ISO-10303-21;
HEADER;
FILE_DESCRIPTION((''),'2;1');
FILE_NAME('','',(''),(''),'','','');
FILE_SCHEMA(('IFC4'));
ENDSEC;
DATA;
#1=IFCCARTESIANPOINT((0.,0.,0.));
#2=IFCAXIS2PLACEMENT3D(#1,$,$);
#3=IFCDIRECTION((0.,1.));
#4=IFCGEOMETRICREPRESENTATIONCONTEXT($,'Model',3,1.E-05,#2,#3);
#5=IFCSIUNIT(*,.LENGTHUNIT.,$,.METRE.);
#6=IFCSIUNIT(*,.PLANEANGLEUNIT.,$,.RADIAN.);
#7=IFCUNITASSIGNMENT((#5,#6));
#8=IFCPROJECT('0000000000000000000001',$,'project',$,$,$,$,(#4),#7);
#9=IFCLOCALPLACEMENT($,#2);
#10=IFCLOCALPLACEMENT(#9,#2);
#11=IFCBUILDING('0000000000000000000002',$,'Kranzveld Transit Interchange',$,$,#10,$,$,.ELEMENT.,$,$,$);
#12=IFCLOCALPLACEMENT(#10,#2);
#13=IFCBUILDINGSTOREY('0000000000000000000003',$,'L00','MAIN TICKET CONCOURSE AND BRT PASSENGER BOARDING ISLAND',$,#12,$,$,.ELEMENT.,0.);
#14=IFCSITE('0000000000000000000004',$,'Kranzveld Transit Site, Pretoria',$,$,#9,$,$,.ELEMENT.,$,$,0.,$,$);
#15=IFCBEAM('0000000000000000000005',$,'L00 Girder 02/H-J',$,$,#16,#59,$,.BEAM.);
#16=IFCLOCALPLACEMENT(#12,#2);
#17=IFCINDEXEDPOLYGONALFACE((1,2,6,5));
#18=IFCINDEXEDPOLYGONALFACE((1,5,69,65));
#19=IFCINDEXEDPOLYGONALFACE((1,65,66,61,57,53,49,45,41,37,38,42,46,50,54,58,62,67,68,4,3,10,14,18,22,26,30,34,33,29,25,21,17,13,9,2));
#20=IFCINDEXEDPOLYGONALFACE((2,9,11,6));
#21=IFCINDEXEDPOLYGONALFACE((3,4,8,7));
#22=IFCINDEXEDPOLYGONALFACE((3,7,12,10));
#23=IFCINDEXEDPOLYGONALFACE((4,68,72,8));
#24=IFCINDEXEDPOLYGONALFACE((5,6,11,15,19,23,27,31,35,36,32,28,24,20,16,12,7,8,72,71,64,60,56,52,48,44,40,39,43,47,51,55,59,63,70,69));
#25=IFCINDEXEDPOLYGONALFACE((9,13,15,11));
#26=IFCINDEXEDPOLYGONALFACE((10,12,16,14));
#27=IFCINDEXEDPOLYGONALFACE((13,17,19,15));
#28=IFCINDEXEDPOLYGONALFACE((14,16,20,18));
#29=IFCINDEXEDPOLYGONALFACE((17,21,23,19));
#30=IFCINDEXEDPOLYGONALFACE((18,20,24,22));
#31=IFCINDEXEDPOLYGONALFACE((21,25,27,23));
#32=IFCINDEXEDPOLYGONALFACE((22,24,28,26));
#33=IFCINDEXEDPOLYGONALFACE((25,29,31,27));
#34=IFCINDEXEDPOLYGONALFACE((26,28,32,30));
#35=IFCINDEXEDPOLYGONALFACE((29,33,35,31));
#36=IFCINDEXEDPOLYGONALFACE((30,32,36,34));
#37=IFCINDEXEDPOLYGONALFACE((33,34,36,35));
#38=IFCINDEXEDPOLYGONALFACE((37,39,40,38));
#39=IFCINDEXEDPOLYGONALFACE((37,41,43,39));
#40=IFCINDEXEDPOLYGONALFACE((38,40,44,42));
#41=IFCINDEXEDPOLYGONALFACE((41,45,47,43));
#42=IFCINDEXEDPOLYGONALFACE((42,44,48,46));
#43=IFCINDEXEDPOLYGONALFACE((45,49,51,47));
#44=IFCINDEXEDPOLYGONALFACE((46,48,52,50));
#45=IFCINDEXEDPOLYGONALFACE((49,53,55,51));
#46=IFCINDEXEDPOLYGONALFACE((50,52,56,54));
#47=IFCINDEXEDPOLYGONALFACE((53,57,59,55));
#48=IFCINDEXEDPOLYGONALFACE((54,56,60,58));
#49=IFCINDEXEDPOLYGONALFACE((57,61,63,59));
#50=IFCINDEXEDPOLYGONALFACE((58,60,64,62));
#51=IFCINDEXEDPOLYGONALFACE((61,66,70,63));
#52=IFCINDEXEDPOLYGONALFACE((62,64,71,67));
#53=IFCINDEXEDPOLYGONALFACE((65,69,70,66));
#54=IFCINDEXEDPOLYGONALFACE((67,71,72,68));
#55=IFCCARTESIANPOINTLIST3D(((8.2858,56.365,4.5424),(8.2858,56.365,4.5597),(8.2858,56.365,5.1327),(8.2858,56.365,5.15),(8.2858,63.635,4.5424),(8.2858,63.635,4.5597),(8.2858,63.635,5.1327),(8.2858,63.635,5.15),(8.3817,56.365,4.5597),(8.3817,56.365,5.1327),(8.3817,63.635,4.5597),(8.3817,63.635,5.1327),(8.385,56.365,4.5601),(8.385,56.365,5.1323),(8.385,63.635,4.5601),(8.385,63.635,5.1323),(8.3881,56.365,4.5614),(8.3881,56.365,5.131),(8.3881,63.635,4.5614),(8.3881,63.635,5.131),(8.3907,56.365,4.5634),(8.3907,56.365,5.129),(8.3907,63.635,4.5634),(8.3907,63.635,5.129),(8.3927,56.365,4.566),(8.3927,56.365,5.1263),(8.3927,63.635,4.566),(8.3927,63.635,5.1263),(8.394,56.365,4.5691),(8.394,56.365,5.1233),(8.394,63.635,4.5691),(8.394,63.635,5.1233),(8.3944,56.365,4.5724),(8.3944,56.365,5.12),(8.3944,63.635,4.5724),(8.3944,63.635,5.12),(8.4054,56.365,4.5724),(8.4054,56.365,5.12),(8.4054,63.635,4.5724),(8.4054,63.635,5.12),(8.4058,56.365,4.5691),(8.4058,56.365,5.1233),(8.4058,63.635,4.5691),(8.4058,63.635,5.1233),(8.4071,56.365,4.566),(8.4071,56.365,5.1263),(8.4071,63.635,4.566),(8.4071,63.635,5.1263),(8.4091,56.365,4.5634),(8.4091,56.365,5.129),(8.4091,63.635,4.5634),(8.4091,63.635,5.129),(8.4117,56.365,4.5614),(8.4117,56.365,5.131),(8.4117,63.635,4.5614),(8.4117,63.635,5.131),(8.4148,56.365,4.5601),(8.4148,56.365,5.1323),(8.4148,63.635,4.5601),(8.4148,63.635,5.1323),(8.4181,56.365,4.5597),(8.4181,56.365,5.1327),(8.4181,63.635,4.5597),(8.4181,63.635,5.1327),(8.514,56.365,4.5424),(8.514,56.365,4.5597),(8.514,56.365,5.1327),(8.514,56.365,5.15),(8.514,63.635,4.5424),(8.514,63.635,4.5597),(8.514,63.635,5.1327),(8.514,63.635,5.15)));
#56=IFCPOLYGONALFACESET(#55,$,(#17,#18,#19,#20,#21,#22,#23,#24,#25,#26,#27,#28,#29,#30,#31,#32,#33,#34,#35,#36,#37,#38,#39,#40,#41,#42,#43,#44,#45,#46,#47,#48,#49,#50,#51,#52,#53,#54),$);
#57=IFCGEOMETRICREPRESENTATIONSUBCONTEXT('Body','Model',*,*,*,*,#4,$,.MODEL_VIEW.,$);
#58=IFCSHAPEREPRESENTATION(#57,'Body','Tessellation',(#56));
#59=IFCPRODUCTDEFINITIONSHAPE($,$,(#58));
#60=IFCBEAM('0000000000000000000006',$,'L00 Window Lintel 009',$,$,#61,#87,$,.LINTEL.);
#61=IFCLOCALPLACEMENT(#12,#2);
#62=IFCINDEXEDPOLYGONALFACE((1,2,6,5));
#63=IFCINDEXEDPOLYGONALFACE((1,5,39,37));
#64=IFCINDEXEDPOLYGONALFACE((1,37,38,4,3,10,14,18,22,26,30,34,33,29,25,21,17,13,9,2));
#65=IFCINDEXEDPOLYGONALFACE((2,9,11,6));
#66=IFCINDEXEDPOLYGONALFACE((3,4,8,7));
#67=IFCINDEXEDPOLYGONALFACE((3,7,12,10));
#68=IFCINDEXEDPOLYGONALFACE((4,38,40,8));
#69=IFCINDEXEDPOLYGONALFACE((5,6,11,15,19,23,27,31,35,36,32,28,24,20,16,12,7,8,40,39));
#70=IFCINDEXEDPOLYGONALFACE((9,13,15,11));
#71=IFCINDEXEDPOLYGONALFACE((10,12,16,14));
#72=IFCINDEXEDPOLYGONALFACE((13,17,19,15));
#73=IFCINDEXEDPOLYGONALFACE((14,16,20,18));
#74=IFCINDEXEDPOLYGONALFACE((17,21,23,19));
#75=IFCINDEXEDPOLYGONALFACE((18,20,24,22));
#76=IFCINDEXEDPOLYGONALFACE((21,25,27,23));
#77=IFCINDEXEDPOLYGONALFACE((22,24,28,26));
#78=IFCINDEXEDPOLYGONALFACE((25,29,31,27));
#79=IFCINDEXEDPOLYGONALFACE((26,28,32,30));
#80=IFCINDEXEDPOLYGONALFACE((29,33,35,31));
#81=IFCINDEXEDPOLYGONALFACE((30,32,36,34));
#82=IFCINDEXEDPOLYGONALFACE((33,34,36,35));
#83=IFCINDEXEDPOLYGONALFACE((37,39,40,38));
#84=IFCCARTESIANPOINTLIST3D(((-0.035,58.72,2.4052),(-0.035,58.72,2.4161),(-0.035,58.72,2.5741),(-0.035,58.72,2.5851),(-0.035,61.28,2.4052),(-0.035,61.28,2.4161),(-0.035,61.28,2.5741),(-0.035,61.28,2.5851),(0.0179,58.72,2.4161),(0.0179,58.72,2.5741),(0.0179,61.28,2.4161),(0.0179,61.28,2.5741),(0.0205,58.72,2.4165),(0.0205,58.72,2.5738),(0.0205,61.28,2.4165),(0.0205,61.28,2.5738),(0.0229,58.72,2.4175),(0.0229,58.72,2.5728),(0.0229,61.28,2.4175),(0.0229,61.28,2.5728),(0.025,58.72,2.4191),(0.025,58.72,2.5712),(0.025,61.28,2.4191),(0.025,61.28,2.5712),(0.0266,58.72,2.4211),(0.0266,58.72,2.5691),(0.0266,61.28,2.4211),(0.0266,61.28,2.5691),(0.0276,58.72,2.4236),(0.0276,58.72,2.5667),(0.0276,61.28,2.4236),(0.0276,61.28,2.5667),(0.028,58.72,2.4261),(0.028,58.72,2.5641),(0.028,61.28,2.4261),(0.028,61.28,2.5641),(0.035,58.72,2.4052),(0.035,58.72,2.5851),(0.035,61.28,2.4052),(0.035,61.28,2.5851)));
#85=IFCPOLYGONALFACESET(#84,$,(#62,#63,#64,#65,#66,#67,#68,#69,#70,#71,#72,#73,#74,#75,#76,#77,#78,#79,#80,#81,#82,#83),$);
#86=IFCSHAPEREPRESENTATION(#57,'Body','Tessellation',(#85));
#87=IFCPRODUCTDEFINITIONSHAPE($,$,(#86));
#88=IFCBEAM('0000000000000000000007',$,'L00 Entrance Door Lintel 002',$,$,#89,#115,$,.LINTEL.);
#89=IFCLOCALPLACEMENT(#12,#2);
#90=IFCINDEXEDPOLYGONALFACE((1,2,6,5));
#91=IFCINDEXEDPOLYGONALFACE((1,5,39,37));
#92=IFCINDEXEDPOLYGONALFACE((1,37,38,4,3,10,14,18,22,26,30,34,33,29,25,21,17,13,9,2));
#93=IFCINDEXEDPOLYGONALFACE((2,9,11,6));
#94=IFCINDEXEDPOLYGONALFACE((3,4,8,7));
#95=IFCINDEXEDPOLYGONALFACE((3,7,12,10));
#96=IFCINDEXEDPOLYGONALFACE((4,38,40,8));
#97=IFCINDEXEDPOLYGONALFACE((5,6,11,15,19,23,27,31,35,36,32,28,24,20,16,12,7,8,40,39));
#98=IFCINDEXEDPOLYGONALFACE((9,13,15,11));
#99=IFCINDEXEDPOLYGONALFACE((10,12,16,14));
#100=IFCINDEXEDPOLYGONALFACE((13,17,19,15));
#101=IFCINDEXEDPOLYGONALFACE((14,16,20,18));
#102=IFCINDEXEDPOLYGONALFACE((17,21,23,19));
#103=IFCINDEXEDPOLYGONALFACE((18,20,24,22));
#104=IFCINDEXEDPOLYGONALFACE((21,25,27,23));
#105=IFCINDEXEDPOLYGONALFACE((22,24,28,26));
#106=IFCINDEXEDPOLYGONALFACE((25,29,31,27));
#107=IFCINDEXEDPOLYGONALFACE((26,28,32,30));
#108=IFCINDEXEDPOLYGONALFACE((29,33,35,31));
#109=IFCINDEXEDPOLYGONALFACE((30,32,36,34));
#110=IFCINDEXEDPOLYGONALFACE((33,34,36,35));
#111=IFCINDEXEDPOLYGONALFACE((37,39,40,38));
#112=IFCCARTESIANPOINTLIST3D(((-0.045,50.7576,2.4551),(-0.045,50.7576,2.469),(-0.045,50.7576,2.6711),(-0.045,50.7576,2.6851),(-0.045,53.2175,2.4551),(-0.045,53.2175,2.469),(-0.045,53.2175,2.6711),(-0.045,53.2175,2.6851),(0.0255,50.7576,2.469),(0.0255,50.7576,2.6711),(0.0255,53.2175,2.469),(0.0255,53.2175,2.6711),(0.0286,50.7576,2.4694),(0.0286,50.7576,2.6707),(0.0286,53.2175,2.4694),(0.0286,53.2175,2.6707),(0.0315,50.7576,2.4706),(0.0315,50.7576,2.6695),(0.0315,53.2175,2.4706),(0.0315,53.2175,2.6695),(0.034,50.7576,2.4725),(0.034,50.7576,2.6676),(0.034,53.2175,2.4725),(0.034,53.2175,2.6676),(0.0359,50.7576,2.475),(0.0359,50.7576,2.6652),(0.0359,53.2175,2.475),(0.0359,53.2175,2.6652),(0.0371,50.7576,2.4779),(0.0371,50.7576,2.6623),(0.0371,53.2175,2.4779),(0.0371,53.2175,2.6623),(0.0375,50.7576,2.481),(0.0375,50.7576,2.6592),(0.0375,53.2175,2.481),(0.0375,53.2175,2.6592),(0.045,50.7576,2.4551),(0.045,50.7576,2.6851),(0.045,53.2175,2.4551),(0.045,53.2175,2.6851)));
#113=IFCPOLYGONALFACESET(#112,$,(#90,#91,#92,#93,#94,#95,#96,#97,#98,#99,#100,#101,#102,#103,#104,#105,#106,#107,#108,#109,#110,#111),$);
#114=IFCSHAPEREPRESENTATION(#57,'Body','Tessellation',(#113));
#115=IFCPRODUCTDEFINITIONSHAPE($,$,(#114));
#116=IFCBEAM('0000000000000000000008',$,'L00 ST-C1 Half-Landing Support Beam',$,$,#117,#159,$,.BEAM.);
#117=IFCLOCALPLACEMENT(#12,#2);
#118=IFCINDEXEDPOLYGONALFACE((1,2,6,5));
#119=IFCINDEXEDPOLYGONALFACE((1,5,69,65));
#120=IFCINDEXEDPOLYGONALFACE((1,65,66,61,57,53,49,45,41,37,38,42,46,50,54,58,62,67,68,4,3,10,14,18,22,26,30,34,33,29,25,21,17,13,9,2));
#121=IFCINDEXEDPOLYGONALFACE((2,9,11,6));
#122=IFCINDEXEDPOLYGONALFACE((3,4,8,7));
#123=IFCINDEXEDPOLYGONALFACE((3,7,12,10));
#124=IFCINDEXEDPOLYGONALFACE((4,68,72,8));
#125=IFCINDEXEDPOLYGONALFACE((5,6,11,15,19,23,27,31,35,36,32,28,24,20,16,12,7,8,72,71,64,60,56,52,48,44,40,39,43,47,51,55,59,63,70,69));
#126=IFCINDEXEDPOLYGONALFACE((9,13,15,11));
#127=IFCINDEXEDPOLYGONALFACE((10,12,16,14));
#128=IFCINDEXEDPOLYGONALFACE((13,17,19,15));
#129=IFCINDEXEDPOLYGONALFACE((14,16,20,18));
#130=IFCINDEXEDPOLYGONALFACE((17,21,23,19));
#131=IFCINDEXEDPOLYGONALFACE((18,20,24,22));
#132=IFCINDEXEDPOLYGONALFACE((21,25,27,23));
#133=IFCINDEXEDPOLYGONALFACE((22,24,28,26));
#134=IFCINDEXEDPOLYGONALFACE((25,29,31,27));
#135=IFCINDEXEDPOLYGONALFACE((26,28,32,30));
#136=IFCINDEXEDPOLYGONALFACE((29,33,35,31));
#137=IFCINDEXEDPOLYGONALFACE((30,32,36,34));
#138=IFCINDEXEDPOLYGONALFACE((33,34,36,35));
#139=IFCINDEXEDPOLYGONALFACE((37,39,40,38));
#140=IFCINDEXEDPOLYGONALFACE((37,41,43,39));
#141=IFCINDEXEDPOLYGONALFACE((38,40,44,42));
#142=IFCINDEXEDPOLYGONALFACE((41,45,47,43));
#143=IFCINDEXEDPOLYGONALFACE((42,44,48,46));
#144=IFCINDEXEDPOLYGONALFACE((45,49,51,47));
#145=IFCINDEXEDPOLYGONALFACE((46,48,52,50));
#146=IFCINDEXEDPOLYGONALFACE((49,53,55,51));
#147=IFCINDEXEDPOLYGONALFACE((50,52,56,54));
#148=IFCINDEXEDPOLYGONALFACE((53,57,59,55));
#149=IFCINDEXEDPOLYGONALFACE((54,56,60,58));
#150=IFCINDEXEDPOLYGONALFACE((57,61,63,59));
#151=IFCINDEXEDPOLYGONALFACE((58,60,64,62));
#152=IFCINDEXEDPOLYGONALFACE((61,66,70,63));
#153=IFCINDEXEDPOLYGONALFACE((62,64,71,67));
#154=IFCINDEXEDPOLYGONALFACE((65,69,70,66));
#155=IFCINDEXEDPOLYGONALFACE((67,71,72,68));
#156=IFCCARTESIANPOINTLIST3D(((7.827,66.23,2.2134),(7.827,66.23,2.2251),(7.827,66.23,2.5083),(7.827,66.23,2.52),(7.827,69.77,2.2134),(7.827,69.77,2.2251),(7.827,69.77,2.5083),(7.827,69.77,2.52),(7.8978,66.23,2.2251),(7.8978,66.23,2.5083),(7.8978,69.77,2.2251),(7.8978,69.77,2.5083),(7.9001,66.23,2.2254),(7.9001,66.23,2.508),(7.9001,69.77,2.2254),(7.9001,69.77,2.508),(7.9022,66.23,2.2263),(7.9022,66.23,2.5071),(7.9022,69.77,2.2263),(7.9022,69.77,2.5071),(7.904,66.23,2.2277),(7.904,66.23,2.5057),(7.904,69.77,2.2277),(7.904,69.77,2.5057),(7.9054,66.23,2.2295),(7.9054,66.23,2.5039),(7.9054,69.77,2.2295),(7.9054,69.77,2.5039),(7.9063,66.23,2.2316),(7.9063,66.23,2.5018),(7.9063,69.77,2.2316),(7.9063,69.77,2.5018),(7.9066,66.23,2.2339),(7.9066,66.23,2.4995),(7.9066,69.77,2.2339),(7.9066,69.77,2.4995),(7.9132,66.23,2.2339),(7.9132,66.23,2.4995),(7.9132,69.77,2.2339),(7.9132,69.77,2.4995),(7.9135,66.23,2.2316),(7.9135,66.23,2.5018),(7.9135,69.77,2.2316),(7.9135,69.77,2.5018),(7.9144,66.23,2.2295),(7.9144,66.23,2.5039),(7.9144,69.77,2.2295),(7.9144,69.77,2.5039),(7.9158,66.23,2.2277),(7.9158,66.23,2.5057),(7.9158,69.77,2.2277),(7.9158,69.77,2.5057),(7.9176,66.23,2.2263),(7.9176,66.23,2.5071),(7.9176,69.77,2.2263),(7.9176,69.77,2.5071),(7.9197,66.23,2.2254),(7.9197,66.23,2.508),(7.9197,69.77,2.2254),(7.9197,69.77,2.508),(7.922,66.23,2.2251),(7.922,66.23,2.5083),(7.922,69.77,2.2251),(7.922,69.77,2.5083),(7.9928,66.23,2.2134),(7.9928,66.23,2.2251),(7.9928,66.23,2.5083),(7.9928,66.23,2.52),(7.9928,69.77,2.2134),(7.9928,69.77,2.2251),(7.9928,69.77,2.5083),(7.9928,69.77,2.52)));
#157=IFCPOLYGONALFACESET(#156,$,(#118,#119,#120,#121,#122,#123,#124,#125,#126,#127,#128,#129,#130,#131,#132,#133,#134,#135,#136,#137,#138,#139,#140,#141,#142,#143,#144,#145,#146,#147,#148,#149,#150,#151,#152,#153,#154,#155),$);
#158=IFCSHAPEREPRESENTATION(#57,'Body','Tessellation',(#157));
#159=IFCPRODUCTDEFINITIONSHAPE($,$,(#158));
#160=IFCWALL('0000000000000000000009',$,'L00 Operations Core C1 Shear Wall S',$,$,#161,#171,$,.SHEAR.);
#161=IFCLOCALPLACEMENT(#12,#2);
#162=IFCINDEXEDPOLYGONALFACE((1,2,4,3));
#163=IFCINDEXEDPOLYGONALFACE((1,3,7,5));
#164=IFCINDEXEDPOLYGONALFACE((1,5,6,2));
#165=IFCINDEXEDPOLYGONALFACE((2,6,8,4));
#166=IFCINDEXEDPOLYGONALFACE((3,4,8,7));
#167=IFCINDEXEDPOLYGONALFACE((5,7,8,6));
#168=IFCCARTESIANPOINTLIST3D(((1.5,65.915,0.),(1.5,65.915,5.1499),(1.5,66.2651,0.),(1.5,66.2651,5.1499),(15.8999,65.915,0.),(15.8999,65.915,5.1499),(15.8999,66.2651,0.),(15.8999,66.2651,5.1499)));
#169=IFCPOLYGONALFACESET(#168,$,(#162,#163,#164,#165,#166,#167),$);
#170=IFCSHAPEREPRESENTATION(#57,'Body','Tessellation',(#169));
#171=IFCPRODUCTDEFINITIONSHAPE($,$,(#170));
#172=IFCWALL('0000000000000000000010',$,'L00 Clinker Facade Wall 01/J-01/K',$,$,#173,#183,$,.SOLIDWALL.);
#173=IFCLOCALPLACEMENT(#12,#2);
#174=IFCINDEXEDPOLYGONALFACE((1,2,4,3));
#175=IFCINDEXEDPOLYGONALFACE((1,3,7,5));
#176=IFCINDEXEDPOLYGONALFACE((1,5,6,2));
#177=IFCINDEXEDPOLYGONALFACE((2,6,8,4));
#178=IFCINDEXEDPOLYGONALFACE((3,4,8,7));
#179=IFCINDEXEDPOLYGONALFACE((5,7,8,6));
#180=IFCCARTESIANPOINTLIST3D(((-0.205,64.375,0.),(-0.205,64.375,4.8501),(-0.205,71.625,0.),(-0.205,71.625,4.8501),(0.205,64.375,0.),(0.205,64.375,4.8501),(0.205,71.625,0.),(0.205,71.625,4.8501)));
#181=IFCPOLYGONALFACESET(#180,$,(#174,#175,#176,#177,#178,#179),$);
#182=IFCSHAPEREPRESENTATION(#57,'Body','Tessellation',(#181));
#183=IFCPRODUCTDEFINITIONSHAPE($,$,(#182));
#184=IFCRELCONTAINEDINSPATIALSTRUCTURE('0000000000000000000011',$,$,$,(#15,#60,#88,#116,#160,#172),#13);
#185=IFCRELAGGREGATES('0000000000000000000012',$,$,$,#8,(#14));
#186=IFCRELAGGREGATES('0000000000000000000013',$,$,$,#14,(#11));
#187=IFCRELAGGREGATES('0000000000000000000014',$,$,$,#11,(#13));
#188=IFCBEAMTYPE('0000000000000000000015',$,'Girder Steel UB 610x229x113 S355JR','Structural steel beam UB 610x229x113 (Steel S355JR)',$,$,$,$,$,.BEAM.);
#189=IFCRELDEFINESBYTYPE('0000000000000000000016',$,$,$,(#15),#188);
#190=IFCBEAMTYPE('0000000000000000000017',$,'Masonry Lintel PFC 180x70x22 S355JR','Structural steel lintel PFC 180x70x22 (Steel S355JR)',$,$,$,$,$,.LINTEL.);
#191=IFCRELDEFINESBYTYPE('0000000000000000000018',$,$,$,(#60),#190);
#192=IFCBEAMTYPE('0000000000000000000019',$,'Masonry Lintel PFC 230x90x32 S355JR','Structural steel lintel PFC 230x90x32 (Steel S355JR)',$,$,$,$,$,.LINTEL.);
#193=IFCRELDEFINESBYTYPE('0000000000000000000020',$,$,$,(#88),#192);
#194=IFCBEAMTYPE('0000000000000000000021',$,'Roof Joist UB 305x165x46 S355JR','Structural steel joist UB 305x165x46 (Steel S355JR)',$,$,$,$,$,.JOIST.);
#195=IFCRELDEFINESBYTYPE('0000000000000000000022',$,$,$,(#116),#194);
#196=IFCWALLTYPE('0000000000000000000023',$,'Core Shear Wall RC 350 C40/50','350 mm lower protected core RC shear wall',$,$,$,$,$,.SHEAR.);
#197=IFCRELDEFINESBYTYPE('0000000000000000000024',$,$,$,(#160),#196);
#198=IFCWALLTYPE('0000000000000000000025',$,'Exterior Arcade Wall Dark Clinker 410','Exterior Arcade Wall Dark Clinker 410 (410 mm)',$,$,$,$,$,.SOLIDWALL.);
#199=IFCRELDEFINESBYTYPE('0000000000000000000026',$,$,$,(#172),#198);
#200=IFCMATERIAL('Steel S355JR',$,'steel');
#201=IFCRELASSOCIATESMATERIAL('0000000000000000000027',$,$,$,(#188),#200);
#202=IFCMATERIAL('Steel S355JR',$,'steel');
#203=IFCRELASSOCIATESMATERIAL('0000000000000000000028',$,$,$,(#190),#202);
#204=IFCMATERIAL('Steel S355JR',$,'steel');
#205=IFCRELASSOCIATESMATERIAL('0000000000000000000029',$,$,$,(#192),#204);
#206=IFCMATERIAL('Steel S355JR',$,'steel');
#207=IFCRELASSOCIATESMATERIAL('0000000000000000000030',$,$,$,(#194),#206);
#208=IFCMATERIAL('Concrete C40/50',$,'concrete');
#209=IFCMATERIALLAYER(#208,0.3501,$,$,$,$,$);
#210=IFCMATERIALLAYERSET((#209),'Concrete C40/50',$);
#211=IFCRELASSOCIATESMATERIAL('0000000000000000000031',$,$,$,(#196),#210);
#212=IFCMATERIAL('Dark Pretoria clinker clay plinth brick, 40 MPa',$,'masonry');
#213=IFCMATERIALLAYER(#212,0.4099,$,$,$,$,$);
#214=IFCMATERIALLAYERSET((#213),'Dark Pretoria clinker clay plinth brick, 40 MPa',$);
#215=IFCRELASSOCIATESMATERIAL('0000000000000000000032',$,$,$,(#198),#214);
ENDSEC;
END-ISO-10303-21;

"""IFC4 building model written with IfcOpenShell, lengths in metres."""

from ifc_helpers import new_model, si_unit, direction, frame, frame_2d, origin, origin_2d, place, context, subcontext, project, spatial, rectangle, i_section, u_section, extrude, material, layer, layer_set, material_profile, profile_set, type_object, element, save


model = new_model("IFC4")

# Units and contexts
model_context = context("Model", 3, precision=1e-05, world=origin(), true_north=direction((0.0, 1.0)))
body_context = subcontext(model_context, "Body", "Model", "MODEL_VIEW")
ifc_project = project(units=[si_unit("LENGTHUNIT", "METRE"), si_unit("PLANEANGLEUNIT", "RADIAN")], contexts=[model_context])

# Site, building, storey
site_placement = place(None, origin())
site = spatial("IfcSite", under=ifc_project, at=site_placement, Name="Kranzveld Transit Site, Pretoria", CompositionType="ELEMENT", RefElevation=0.0)
building_placement = place(site_placement, origin())
building = spatial("IfcBuilding", under=site, at=building_placement, Name="Kranzveld Transit Interchange", CompositionType="ELEMENT")
storey_placement = place(building_placement, origin())
storey = spatial("IfcBuildingStorey", under=building, at=storey_placement, Name="L00", Description="MAIN TICKET CONCOURSE AND BRT PASSENGER BOARDING ISLAND", CompositionType="ELEMENT", Elevation=0.0)

# Beams
ifc_material_1 = material(Name="Steel S355JR", Category="steel")
ifc_material_profile_1 = material_profile(ifc_material_1, i_section(OverallWidth=0.2283, OverallDepth=0.6077, WebThickness=0.011, FlangeThickness=0.0173, FilletRadius=0.0127, at=origin_2d()), Name="UB 610x229x113")
ifc_profile_set_1 = profile_set([ifc_material_profile_1], Name="Steel S355JR")
beam_type_1 = type_object("IfcBeamType", Name="Girder Steel UB 610x229x113 S355JR", Description="Structural steel beam UB 610x229x113 (Steel S355JR)", PredefinedType="BEAM", material=ifc_profile_set_1)
beam_1_placement = place(storey_placement, frame((8.3999, 56.365, 4.8462), z_axis=(0.0, 1.0, 0.0), x_axis=(-1.0, 0.0, 0.0)))
element("IfcBeam", 1, at=beam_1_placement, inside=storey, type_object=beam_type_1, Name="L00 Girder 02/H-J", PredefinedType="BEAM", context=body_context, shape_type="SweptSolid", body=[
    extrude(i_section(OverallWidth=0.2283, OverallDepth=0.6077, WebThickness=0.011, FlangeThickness=0.0173, FilletRadius=0.0127, at=origin_2d()), origin(), (0.0, 0.0, 1.0), 7.27),
])
ifc_material_2 = material(Name="Steel S355JR", Category="steel")
ifc_material_profile_2 = material_profile(ifc_material_2, u_section(Depth=0.1799, FlangeWidth=0.0701, WebThickness=0.0071, FlangeThickness=0.011, FilletRadius=0.01, at=origin_2d()), Name="PFC 180x70x22")
ifc_profile_set_2 = profile_set([ifc_material_profile_2], Name="Steel S355JR")
beam_type_2 = type_object("IfcBeamType", Name="Masonry Lintel PFC 180x70x22 S355JR", Description="Structural steel lintel PFC 180x70x22 (Steel S355JR)", PredefinedType="LINTEL", material=ifc_profile_set_2)
beam_2_placement = place(storey_placement, frame((0.0, 58.72, 2.4951), z_axis=(0.0, 1.0, 0.0), x_axis=(-1.0, 0.0, 0.0)))
element("IfcBeam", 2, at=beam_2_placement, inside=storey, type_object=beam_type_2, Name="L00 Window Lintel 009", PredefinedType="LINTEL", context=body_context, shape_type="SweptSolid", body=[
    extrude(u_section(Depth=0.1799, FlangeWidth=0.0701, WebThickness=0.0071, FlangeThickness=0.011, FilletRadius=0.01, at=origin_2d()), origin(), (0.0, 0.0, 1.0), 2.5601),
])
ifc_material_3 = material(Name="Steel S355JR", Category="steel")
ifc_material_profile_3 = material_profile(ifc_material_3, u_section(Depth=0.23, FlangeWidth=0.0901, WebThickness=0.0076, FlangeThickness=0.0139, FilletRadius=0.012, at=origin_2d()), Name="PFC 230x90x32")
ifc_profile_set_3 = profile_set([ifc_material_profile_3], Name="Steel S355JR")
beam_type_3 = type_object("IfcBeamType", Name="Masonry Lintel PFC 230x90x32 S355JR", Description="Structural steel lintel PFC 230x90x32 (Steel S355JR)", PredefinedType="LINTEL", material=ifc_profile_set_3)
beam_3_placement = place(storey_placement, frame((0.0, 50.7576, 2.5701), z_axis=(0.0, 1.0, 0.0), x_axis=(-1.0, 0.0, 0.0)))
element("IfcBeam", 3, at=beam_3_placement, inside=storey, type_object=beam_type_3, Name="L00 Entrance Door Lintel 002", PredefinedType="LINTEL", context=body_context, shape_type="SweptSolid", body=[
    extrude(u_section(Depth=0.23, FlangeWidth=0.0901, WebThickness=0.0076, FlangeThickness=0.0139, FilletRadius=0.012, at=origin_2d()), origin(), (0.0, 0.0, 1.0), 2.46),
])
ifc_material_4 = material(Name="Steel S355JR", Category="steel")
ifc_material_profile_4 = material_profile(ifc_material_4, i_section(OverallWidth=0.1658, OverallDepth=0.3066, WebThickness=0.0066, FlangeThickness=0.0117, FilletRadius=0.0088, at=origin_2d()), Name="UB 305x165x46")
ifc_profile_set_4 = profile_set([ifc_material_profile_4], Name="Steel S355JR")
beam_type_4 = type_object("IfcBeamType", Name="Roof Joist UB 305x165x46 S355JR", Description="Structural steel joist UB 305x165x46 (Steel S355JR)", PredefinedType="JOIST", material=ifc_profile_set_4)
beam_4_placement = place(storey_placement, frame((7.9099, 66.23, 2.3667), z_axis=(0.0, 1.0, 0.0), x_axis=(-1.0, 0.0, 0.0)))
element("IfcBeam", 4, at=beam_4_placement, inside=storey, type_object=beam_type_4, Name="L00 ST-C1 Half-Landing Support Beam", PredefinedType="BEAM", context=body_context, shape_type="SweptSolid", body=[
    extrude(i_section(OverallWidth=0.1658, OverallDepth=0.3066, WebThickness=0.0066, FlangeThickness=0.0117, FilletRadius=0.0088, at=origin_2d()), origin(), (0.0, 0.0, 1.0), 3.54),
])

# Walls
ifc_material_5 = material(Name="Concrete C40/50", Category="concrete")
ifc_layer_1 = layer(ifc_material_5, 0.3501)
ifc_layer_set_1 = layer_set([ifc_layer_1], Name="Concrete C40/50")
wall_type_1 = type_object("IfcWallType", Name="Core Shear Wall RC 350 C40/50", Description="350 mm lower protected core RC shear wall", PredefinedType="SHEAR", material=ifc_layer_set_1)
wall_1_placement = place(storey_placement, frame((1.5, 66.0901, 0.0), z_axis=(0.0, 0.0, 1.0), x_axis=(1.0, 0.0, 0.0)))
element("IfcWall", 5, at=wall_1_placement, inside=storey, type_object=wall_type_1, Name="L00 Operations Core C1 Shear Wall S", PredefinedType="SHEAR", context=body_context, shape_type="SweptSolid", body=[
    extrude(rectangle(XDim=14.3999, YDim=0.3501, at=frame_2d((7.2, 0.0))), origin(), (0.0, 0.0, 1.0), 5.1499),
])
ifc_material_6 = material(Name="Dark Pretoria clinker clay plinth brick, 40 MPa", Category="masonry")
ifc_layer_2 = layer(ifc_material_6, 0.4099)
ifc_layer_set_2 = layer_set([ifc_layer_2], Name="Dark Pretoria clinker clay plinth brick, 40 MPa")
wall_type_2 = type_object("IfcWallType", Name="Exterior Arcade Wall Dark Clinker 410", Description="Exterior Arcade Wall Dark Clinker 410 (410 mm)", PredefinedType="SOLIDWALL", material=ifc_layer_set_2)
wall_2_placement = place(storey_placement, frame((0.0, 64.375, 0.0), z_axis=(0.0, 0.0, 1.0), x_axis=(0.0, 1.0, 0.0)))
element("IfcWall", 6, at=wall_2_placement, inside=storey, type_object=wall_type_2, Name="L00 Clinker Facade Wall 01/J-01/K", PredefinedType="SOLIDWALL", context=body_context, shape_type="SweptSolid", body=[
    extrude(rectangle(XDim=7.25, YDim=0.4099, at=frame_2d((3.625, 0.0))), origin(), (0.0, 0.0, 1.0), 4.8501),
])

save(model, "model.ifc")
